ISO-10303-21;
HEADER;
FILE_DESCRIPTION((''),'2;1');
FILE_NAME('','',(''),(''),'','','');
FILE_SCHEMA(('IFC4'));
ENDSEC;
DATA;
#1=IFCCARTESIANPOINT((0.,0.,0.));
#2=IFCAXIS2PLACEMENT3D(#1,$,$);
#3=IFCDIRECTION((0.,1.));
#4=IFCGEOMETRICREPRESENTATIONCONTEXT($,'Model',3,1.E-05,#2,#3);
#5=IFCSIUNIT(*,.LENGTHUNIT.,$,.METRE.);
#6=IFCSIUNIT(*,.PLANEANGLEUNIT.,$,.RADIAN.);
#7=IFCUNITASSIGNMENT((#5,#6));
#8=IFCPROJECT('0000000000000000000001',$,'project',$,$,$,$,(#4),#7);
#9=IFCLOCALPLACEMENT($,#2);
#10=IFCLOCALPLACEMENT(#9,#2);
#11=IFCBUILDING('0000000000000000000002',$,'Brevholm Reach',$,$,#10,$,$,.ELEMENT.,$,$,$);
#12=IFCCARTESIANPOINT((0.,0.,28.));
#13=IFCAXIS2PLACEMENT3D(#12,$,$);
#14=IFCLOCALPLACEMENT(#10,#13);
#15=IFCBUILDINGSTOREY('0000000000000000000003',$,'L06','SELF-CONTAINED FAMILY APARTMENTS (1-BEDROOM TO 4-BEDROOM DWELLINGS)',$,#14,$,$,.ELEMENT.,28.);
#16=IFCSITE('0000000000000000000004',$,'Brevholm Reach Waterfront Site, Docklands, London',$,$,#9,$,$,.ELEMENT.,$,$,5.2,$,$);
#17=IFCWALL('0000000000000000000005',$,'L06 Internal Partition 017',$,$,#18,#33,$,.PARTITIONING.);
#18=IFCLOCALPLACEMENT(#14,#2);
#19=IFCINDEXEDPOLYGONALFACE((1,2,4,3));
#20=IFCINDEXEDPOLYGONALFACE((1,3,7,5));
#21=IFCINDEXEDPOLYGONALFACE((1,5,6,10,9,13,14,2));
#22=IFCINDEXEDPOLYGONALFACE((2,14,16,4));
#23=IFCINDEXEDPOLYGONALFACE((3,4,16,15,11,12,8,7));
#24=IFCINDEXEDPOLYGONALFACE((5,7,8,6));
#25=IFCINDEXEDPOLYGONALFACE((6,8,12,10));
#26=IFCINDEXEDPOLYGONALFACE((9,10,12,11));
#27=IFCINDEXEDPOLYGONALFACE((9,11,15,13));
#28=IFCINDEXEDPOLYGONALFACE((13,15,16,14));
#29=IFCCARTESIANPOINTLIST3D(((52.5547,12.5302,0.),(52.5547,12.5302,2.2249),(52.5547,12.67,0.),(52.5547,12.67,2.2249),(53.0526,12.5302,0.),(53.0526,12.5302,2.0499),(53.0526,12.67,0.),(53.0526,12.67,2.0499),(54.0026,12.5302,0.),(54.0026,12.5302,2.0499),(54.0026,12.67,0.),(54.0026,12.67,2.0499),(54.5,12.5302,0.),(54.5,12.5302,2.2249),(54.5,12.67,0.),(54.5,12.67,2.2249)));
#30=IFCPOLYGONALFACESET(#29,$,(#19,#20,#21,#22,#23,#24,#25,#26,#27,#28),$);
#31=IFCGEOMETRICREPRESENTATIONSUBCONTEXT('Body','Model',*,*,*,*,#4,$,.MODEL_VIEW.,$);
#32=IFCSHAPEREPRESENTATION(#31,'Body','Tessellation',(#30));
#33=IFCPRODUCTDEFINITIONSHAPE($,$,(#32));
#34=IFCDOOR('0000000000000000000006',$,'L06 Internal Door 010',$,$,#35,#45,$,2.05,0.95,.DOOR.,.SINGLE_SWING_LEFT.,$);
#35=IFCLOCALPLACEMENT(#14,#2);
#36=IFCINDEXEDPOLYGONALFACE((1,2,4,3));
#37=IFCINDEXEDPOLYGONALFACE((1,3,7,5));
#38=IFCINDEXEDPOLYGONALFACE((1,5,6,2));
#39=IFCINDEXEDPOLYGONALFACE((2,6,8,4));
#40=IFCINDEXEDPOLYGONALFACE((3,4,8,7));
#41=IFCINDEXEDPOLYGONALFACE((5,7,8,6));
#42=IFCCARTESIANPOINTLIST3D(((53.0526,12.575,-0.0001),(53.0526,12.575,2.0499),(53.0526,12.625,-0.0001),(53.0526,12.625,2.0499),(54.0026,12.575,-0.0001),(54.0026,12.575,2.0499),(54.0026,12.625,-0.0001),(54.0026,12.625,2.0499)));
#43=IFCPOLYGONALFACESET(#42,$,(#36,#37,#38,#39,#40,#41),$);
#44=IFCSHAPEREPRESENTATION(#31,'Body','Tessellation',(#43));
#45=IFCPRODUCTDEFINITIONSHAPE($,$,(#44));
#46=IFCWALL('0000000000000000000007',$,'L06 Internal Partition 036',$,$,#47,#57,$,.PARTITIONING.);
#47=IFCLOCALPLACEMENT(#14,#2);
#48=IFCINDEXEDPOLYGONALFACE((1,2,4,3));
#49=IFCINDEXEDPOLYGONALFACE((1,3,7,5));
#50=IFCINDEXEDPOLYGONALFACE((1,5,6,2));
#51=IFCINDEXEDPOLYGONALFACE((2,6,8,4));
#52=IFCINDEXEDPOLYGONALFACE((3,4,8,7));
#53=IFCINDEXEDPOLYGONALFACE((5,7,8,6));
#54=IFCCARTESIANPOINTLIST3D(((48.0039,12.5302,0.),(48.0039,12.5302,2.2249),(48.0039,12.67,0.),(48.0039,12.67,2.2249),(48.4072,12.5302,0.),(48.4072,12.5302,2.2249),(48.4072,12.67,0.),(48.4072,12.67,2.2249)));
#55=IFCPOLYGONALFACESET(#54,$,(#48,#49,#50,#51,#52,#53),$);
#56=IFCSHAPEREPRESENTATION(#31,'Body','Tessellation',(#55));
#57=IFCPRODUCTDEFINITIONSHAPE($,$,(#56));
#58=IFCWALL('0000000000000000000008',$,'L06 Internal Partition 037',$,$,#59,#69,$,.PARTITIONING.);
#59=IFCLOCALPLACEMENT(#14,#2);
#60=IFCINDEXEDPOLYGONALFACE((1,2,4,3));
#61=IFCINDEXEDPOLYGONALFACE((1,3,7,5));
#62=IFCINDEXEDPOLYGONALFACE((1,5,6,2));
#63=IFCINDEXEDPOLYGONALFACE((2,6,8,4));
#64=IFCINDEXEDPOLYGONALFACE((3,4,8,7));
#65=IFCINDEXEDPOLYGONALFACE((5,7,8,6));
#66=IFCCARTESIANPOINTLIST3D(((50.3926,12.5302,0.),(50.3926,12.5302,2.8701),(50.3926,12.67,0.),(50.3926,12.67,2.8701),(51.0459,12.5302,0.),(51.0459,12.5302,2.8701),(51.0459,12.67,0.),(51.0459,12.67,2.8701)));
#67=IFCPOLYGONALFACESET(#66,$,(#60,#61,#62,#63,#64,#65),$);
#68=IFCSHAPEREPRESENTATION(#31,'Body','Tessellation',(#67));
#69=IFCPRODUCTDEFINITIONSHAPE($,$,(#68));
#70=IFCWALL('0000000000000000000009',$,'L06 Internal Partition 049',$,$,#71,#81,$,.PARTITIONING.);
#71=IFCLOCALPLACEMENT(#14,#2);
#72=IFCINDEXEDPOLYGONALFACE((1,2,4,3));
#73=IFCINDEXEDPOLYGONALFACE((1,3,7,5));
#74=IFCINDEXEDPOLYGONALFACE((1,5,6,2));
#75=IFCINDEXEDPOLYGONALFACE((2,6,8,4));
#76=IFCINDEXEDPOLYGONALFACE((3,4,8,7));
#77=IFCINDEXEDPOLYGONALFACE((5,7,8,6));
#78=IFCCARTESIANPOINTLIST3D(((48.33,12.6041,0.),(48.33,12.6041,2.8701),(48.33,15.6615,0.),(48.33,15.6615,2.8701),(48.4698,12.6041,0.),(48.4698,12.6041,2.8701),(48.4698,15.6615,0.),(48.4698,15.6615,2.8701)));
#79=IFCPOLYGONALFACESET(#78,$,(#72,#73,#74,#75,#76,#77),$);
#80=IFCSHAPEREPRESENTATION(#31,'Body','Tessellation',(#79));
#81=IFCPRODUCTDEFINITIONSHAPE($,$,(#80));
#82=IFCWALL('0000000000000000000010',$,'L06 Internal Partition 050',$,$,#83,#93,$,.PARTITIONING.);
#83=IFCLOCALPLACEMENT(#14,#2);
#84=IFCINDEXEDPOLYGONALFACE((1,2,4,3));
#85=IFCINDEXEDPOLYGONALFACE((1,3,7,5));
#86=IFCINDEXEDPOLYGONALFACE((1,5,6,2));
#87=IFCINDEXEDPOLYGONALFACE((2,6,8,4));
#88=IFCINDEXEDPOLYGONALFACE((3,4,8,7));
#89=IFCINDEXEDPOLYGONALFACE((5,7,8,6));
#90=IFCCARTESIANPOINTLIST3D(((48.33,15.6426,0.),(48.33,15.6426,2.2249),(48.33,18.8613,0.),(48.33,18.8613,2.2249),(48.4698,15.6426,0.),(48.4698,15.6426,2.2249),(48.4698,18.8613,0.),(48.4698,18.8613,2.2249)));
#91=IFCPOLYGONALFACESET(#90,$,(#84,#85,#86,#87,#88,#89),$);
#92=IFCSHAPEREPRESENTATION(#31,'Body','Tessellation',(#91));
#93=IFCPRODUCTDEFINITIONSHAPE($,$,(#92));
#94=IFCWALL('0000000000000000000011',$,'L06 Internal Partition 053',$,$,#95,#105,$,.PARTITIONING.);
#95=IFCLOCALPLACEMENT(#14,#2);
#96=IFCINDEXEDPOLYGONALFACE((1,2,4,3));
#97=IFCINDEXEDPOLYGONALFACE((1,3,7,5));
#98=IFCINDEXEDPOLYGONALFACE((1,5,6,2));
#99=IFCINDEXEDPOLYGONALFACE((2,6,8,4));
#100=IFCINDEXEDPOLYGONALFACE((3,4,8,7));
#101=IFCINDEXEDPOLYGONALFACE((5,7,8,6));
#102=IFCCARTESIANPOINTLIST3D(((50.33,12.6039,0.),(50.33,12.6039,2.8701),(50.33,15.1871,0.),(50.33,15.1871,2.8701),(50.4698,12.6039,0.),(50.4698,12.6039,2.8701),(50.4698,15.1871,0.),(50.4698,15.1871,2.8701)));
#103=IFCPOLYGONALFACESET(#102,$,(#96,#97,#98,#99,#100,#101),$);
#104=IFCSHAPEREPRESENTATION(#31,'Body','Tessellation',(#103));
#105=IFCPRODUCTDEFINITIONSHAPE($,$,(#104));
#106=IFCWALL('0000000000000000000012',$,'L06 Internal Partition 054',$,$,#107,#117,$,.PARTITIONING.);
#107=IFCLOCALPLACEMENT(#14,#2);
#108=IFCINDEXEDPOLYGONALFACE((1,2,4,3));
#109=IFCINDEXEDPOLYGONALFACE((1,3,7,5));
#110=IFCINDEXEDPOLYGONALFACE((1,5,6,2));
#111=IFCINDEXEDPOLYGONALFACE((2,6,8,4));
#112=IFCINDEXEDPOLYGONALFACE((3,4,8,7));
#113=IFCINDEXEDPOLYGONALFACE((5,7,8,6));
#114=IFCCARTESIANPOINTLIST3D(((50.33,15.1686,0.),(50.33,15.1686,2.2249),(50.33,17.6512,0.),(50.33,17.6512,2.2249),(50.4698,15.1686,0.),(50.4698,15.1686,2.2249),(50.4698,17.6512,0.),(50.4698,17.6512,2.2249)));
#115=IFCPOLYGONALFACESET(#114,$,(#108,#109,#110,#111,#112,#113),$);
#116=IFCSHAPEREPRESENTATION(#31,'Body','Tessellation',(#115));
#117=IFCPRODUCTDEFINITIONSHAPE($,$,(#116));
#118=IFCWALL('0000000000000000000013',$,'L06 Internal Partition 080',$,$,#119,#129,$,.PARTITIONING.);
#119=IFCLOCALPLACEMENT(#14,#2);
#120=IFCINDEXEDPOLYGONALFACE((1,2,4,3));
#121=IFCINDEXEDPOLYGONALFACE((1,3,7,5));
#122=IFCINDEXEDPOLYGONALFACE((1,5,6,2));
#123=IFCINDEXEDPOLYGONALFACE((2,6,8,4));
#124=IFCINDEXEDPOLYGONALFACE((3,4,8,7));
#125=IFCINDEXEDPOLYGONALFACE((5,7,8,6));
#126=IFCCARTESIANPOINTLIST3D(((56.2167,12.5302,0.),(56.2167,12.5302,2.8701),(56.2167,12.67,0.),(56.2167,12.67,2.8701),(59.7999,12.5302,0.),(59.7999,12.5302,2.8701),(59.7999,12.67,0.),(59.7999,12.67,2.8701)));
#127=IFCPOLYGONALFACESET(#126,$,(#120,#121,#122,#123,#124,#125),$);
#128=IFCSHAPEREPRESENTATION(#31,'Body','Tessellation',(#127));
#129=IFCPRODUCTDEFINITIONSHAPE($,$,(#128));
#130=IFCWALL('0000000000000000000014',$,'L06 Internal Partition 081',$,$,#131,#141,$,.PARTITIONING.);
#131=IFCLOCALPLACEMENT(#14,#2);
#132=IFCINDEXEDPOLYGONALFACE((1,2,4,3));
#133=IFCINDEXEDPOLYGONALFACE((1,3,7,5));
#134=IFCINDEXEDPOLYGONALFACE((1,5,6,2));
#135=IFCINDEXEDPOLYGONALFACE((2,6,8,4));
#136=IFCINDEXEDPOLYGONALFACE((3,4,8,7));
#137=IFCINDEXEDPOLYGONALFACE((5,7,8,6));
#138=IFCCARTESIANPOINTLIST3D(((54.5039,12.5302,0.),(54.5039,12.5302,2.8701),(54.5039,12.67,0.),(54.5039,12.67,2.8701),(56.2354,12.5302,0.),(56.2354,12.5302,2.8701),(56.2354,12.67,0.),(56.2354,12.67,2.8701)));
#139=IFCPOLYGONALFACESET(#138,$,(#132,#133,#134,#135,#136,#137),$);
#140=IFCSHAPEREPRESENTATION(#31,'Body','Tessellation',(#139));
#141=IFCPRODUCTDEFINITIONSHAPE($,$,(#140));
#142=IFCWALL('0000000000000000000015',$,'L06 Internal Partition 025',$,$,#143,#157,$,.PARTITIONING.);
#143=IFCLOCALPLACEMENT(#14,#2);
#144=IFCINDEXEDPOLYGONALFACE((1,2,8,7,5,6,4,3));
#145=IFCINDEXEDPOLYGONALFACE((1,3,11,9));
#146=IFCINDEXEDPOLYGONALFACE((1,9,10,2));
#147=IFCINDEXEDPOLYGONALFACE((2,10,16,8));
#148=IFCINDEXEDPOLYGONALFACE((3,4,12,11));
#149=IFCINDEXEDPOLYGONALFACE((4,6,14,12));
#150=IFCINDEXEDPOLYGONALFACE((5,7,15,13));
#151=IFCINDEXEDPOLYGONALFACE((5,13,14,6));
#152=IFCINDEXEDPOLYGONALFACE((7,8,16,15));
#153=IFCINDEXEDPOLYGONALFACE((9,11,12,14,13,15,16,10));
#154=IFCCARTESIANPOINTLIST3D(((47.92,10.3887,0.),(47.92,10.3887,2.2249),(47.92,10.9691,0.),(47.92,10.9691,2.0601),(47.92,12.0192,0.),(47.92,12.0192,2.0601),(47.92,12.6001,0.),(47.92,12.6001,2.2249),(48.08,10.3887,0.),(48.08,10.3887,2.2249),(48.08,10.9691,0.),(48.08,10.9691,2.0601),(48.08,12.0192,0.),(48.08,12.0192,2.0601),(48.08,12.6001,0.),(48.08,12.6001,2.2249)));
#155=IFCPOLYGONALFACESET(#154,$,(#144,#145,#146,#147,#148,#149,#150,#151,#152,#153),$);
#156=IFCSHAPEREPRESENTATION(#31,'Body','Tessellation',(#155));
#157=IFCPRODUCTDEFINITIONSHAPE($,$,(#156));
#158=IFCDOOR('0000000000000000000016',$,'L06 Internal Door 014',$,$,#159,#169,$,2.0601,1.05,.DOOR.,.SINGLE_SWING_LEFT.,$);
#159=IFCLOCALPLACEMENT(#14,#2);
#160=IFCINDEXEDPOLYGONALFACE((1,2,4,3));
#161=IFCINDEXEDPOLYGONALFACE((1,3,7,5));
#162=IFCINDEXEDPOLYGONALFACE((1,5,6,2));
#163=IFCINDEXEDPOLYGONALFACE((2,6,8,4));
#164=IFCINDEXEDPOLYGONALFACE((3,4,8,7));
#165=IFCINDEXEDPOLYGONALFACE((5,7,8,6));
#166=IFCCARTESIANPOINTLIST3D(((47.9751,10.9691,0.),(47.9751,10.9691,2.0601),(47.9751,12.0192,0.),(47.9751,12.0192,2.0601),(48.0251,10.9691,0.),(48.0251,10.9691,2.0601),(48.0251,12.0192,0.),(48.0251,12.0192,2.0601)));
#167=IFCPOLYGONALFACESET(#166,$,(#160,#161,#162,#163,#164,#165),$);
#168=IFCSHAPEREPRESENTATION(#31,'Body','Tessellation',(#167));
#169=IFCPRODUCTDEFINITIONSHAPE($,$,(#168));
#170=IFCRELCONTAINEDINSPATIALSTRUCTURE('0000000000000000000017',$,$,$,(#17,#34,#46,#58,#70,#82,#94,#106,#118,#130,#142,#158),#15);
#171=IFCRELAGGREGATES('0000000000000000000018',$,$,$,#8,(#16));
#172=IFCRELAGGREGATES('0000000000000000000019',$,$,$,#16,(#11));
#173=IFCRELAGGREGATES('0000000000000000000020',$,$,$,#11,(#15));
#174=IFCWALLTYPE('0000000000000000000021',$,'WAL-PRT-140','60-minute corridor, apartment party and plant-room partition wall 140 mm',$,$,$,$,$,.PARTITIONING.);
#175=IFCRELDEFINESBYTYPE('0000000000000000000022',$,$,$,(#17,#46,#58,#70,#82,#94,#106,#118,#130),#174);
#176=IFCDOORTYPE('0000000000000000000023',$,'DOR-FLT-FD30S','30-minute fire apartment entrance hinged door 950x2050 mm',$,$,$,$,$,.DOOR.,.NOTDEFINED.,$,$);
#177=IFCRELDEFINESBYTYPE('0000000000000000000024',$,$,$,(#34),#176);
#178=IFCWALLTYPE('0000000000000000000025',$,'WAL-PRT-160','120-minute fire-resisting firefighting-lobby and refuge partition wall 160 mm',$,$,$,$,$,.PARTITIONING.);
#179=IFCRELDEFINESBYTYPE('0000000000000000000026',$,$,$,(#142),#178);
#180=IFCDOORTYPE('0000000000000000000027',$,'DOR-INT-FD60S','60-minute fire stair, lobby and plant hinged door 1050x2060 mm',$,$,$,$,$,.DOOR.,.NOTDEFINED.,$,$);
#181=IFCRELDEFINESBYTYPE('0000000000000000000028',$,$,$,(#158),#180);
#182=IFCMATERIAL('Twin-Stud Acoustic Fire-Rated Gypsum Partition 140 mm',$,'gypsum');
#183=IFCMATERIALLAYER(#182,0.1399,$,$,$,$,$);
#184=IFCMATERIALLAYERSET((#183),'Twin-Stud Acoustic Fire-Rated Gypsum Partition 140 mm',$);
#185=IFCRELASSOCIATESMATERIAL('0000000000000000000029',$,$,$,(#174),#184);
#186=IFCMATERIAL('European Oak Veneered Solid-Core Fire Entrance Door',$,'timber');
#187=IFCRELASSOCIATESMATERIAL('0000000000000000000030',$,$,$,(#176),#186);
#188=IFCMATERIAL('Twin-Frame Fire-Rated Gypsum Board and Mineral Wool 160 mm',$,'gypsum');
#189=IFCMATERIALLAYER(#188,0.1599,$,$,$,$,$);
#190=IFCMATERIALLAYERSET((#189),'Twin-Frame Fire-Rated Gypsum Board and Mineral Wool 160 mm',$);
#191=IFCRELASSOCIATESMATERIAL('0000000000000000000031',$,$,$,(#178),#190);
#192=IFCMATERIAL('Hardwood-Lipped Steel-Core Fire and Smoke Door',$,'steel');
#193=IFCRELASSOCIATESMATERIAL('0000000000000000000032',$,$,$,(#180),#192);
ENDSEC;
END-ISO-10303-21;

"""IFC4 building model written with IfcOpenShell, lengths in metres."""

from ifc_helpers import new_model, si_unit, direction, frame, frame_2d, origin, place, context, subcontext, project, spatial, rectangle, extrude, material, layer, layer_set, type_object, element, fill, save


model = new_model("IFC4")

# Units and contexts
model_context = context("Model", 3, precision=1e-05, world=origin(), true_north=direction((0.0, 1.0)))
body_context = subcontext(model_context, "Body", "Model", "MODEL_VIEW")
ifc_project = project(units=[si_unit("LENGTHUNIT", "METRE"), si_unit("PLANEANGLEUNIT", "RADIAN")], contexts=[model_context])

# Site, building, storey
site_placement = place(None, origin())
site = spatial("IfcSite", under=ifc_project, at=site_placement, Name="Brevholm Reach Waterfront Site, Docklands, London", CompositionType="ELEMENT", RefElevation=5.2)
building_placement = place(site_placement, origin())
building = spatial("IfcBuilding", under=site, at=building_placement, Name="Brevholm Reach", CompositionType="ELEMENT")
storey_placement = place(building_placement, frame((0.0, 0.0, 28.0)))
storey = spatial("IfcBuildingStorey", under=building, at=storey_placement, Name="L06", Description="SELF-CONTAINED FAMILY APARTMENTS (1-BEDROOM TO 4-BEDROOM DWELLINGS)", CompositionType="ELEMENT", Elevation=28.0)

# Shared definitions
ifc_material_1 = material(Name="Twin-Stud Acoustic Fire-Rated Gypsum Partition 140 mm", Category="gypsum")
ifc_layer_1 = layer(ifc_material_1, 0.1399)
ifc_layer_set_1 = layer_set([ifc_layer_1], Name="Twin-Stud Acoustic Fire-Rated Gypsum Partition 140 mm")
wall_type_1 = type_object("IfcWallType", Name="WAL-PRT-140", Description="60-minute corridor, apartment party and plant-room partition wall 140 mm", PredefinedType="PARTITIONING", material=ifc_layer_set_1)

# Wall, opening, door
wall_1_placement = place(storey_placement, frame((52.5547, 12.6001, 0.0), z_axis=(0.0, 0.0, 1.0), x_axis=(1.0, 0.0, 0.0)))
wall_1 = element("IfcWall", 1, at=wall_1_placement, inside=storey, type_object=wall_type_1, Name="L06 Internal Partition 017", PredefinedType="PARTITIONING", context=body_context, shape_type="SweptSolid", body=[
    extrude(rectangle(XDim=1.9453, YDim=0.1399, at=frame_2d((0.9727, 0.0))), origin(), (0.0, 0.0, 1.0), 2.2249),
])
opening_1_placement = place(wall_1_placement, frame((0.4978, 0.0, 0.0)))
opening_1 = element("IfcOpeningElement", 2, at=opening_1_placement, cuts=wall_1, PredefinedType="OPENING", context=body_context, shape_type="SweptSolid", body=[
    extrude(rectangle(XDim=0.95, YDim=2.05, at=frame_2d((0.4751, 1.0249))), frame((0.0, 0.0798, 0.0), z_axis=(0.0, -1.0, 0.0), x_axis=(1.0, 0.0, 0.0)), (0.0, 0.0, 1.0), 0.1599),
])
ifc_material_2 = material(Name="European Oak Veneered Solid-Core Fire Entrance Door", Category="timber")
door_type_1 = type_object("IfcDoorType", Name="DOR-FLT-FD30S", Description="30-minute fire apartment entrance hinged door 950x2050 mm", OperationType="NOTDEFINED", PredefinedType="DOOR", material=ifc_material_2)
door_1_placement = place(opening_1_placement, origin())
door_1 = element("IfcDoor", 3, at=door_1_placement, inside=storey, type_object=door_type_1, Name="L06 Internal Door 010", OperationType="SINGLE_SWING_LEFT", OverallHeight=2.05, OverallWidth=0.95, PredefinedType="DOOR", context=body_context, shape_type="SweptSolid", body=[
    extrude(rectangle(XDim=0.95, YDim=2.05, at=frame_2d((0.4751, 1.0249))), frame((0.0, 0.0249, 0.0), z_axis=(0.0, -1.0, 0.0), x_axis=(1.0, 0.0, 0.0)), (0.0, 0.0, 1.0), 0.05),
])
fill(opening_1, door_1)

# Walls
wall_2_placement = place(storey_placement, frame((48.0039, 12.6001, 0.0), z_axis=(0.0, 0.0, 1.0), x_axis=(1.0, 0.0, 0.0)))
element("IfcWall", 4, at=wall_2_placement, inside=storey, type_object=wall_type_1, Name="L06 Internal Partition 036", PredefinedType="PARTITIONING", context=body_context, shape_type="SweptSolid", body=[
    extrude(rectangle(XDim=0.4033, YDim=0.1399, at=frame_2d((0.2017, 0.0))), origin(), (0.0, 0.0, 1.0), 2.2249),
])
wall_3_placement = place(storey_placement, frame((50.3926, 12.6001, 0.0), z_axis=(0.0, 0.0, 1.0), x_axis=(1.0, 0.0, 0.0)))
element("IfcWall", 5, at=wall_3_placement, inside=storey, type_object=wall_type_1, Name="L06 Internal Partition 037", PredefinedType="PARTITIONING", context=body_context, shape_type="SweptSolid", body=[
    extrude(rectangle(XDim=0.6533, YDim=0.1399, at=frame_2d((0.3267, 0.0))), origin(), (0.0, 0.0, 1.0), 2.8701),
])
wall_4_placement = place(storey_placement, frame((48.3999, 12.604, 0.0), z_axis=(0.0, 0.0, 1.0), x_axis=(0.0, 1.0, 0.0)))
element("IfcWall", 6, at=wall_4_placement, inside=storey, type_object=wall_type_1, Name="L06 Internal Partition 049", PredefinedType="PARTITIONING", context=body_context, shape_type="SweptSolid", body=[
    extrude(rectangle(XDim=3.0574, YDim=0.1399, at=frame_2d((1.5288, 0.0))), origin(), (0.0, 0.0, 1.0), 2.8701),
])
wall_5_placement = place(storey_placement, frame((48.3999, 15.6426, 0.0), z_axis=(0.0, 0.0, 1.0), x_axis=(0.0, 1.0, 0.0)))
element("IfcWall", 7, at=wall_5_placement, inside=storey, type_object=wall_type_1, Name="L06 Internal Partition 050", PredefinedType="PARTITIONING", context=body_context, shape_type="SweptSolid", body=[
    extrude(rectangle(XDim=3.2188, YDim=0.1399, at=frame_2d((1.6094, 0.0))), origin(), (0.0, 0.0, 1.0), 2.2249),
])
wall_6_placement = place(storey_placement, frame((50.3999, 12.604, 0.0), z_axis=(0.0, 0.0, 1.0), x_axis=(0.0, 1.0, 0.0)))
element("IfcWall", 8, at=wall_6_placement, inside=storey, type_object=wall_type_1, Name="L06 Internal Partition 053", PredefinedType="PARTITIONING", context=body_context, shape_type="SweptSolid", body=[
    extrude(rectangle(XDim=2.5833, YDim=0.1399, at=frame_2d((1.2915, 0.0))), origin(), (0.0, 0.0, 1.0), 2.8701),
])
wall_7_placement = place(storey_placement, frame((50.3999, 15.1687, 0.0), z_axis=(0.0, 0.0, 1.0), x_axis=(0.0, 1.0, 0.0)))
element("IfcWall", 9, at=wall_7_placement, inside=storey, type_object=wall_type_1, Name="L06 Internal Partition 054", PredefinedType="PARTITIONING", context=body_context, shape_type="SweptSolid", body=[
    extrude(rectangle(XDim=2.4827, YDim=0.1399, at=frame_2d((1.2412, 0.0))), origin(), (0.0, 0.0, 1.0), 2.2249),
])
wall_8_placement = place(storey_placement, frame((56.2168, 12.6001, 0.0), z_axis=(0.0, 0.0, 1.0), x_axis=(1.0, 0.0, 0.0)))
element("IfcWall", 10, at=wall_8_placement, inside=storey, type_object=wall_type_1, Name="L06 Internal Partition 080", PredefinedType="PARTITIONING", context=body_context, shape_type="SweptSolid", body=[
    extrude(rectangle(XDim=3.5833, YDim=0.1399, at=frame_2d((1.7915, 0.0))), origin(), (0.0, 0.0, 1.0), 2.8701),
])
wall_9_placement = place(storey_placement, frame((54.5039, 12.6001, 0.0), z_axis=(0.0, 0.0, 1.0), x_axis=(1.0, 0.0, 0.0)))
element("IfcWall", 11, at=wall_9_placement, inside=storey, type_object=wall_type_1, Name="L06 Internal Partition 081", PredefinedType="PARTITIONING", context=body_context, shape_type="SweptSolid", body=[
    extrude(rectangle(XDim=1.7314, YDim=0.1399, at=frame_2d((0.8657, 0.0))), origin(), (0.0, 0.0, 1.0), 2.8701),
])

# Wall, opening, door
ifc_material_3 = material(Name="Twin-Frame Fire-Rated Gypsum Board and Mineral Wool 160 mm", Category="gypsum")
ifc_layer_2 = layer(ifc_material_3, 0.1599)
ifc_layer_set_2 = layer_set([ifc_layer_2], Name="Twin-Frame Fire-Rated Gypsum Board and Mineral Wool 160 mm")
wall_type_2 = type_object("IfcWallType", Name="WAL-PRT-160", Description="120-minute fire-resisting firefighting-lobby and refuge partition wall 160 mm", PredefinedType="PARTITIONING", material=ifc_layer_set_2)
wall_10_placement = place(storey_placement, frame((48.0, 10.3887, 0.0), z_axis=(0.0, 0.0, 1.0), x_axis=(0.0, 1.0, 0.0)))
wall_10 = element("IfcWall", 12, at=wall_10_placement, inside=storey, type_object=wall_type_2, Name="L06 Internal Partition 025", PredefinedType="PARTITIONING", context=body_context, shape_type="SweptSolid", body=[
    extrude(rectangle(XDim=2.2114, YDim=0.1599, at=frame_2d((1.1057, 0.0))), origin(), (0.0, 0.0, 1.0), 2.2249),
])
opening_2_placement = place(wall_10_placement, frame((0.5806, 0.0, 0.0)))
opening_2 = element("IfcOpeningElement", 13, at=opening_2_placement, cuts=wall_10, PredefinedType="OPENING", context=body_context, shape_type="SweptSolid", body=[
    extrude(rectangle(XDim=1.05, YDim=2.0601, at=frame_2d((0.5249, 1.03))), frame((0.0, 0.0898, 0.0), z_axis=(0.0, -1.0, 0.0), x_axis=(1.0, 0.0, 0.0)), (0.0, 0.0, 1.0), 0.1799),
])
ifc_material_4 = material(Name="Hardwood-Lipped Steel-Core Fire and Smoke Door", Category="steel")
door_type_2 = type_object("IfcDoorType", Name="DOR-INT-FD60S", Description="60-minute fire stair, lobby and plant hinged door 1050x2060 mm", OperationType="NOTDEFINED", PredefinedType="DOOR", material=ifc_material_4)
door_2_placement = place(opening_2_placement, origin())
door_2 = element("IfcDoor", 14, at=door_2_placement, inside=storey, type_object=door_type_2, Name="L06 Internal Door 014", OperationType="SINGLE_SWING_LEFT", OverallHeight=2.0601, OverallWidth=1.05, PredefinedType="DOOR", context=body_context, shape_type="SweptSolid", body=[
    extrude(rectangle(XDim=1.05, YDim=2.0601, at=frame_2d((0.5249, 1.03))), frame((0.0, 0.0249, 0.0), z_axis=(0.0, -1.0, 0.0), x_axis=(1.0, 0.0, 0.0)), (0.0, 0.0, 1.0), 0.05),
])
fill(opening_2, door_2)

save(model, "model.ifc")
